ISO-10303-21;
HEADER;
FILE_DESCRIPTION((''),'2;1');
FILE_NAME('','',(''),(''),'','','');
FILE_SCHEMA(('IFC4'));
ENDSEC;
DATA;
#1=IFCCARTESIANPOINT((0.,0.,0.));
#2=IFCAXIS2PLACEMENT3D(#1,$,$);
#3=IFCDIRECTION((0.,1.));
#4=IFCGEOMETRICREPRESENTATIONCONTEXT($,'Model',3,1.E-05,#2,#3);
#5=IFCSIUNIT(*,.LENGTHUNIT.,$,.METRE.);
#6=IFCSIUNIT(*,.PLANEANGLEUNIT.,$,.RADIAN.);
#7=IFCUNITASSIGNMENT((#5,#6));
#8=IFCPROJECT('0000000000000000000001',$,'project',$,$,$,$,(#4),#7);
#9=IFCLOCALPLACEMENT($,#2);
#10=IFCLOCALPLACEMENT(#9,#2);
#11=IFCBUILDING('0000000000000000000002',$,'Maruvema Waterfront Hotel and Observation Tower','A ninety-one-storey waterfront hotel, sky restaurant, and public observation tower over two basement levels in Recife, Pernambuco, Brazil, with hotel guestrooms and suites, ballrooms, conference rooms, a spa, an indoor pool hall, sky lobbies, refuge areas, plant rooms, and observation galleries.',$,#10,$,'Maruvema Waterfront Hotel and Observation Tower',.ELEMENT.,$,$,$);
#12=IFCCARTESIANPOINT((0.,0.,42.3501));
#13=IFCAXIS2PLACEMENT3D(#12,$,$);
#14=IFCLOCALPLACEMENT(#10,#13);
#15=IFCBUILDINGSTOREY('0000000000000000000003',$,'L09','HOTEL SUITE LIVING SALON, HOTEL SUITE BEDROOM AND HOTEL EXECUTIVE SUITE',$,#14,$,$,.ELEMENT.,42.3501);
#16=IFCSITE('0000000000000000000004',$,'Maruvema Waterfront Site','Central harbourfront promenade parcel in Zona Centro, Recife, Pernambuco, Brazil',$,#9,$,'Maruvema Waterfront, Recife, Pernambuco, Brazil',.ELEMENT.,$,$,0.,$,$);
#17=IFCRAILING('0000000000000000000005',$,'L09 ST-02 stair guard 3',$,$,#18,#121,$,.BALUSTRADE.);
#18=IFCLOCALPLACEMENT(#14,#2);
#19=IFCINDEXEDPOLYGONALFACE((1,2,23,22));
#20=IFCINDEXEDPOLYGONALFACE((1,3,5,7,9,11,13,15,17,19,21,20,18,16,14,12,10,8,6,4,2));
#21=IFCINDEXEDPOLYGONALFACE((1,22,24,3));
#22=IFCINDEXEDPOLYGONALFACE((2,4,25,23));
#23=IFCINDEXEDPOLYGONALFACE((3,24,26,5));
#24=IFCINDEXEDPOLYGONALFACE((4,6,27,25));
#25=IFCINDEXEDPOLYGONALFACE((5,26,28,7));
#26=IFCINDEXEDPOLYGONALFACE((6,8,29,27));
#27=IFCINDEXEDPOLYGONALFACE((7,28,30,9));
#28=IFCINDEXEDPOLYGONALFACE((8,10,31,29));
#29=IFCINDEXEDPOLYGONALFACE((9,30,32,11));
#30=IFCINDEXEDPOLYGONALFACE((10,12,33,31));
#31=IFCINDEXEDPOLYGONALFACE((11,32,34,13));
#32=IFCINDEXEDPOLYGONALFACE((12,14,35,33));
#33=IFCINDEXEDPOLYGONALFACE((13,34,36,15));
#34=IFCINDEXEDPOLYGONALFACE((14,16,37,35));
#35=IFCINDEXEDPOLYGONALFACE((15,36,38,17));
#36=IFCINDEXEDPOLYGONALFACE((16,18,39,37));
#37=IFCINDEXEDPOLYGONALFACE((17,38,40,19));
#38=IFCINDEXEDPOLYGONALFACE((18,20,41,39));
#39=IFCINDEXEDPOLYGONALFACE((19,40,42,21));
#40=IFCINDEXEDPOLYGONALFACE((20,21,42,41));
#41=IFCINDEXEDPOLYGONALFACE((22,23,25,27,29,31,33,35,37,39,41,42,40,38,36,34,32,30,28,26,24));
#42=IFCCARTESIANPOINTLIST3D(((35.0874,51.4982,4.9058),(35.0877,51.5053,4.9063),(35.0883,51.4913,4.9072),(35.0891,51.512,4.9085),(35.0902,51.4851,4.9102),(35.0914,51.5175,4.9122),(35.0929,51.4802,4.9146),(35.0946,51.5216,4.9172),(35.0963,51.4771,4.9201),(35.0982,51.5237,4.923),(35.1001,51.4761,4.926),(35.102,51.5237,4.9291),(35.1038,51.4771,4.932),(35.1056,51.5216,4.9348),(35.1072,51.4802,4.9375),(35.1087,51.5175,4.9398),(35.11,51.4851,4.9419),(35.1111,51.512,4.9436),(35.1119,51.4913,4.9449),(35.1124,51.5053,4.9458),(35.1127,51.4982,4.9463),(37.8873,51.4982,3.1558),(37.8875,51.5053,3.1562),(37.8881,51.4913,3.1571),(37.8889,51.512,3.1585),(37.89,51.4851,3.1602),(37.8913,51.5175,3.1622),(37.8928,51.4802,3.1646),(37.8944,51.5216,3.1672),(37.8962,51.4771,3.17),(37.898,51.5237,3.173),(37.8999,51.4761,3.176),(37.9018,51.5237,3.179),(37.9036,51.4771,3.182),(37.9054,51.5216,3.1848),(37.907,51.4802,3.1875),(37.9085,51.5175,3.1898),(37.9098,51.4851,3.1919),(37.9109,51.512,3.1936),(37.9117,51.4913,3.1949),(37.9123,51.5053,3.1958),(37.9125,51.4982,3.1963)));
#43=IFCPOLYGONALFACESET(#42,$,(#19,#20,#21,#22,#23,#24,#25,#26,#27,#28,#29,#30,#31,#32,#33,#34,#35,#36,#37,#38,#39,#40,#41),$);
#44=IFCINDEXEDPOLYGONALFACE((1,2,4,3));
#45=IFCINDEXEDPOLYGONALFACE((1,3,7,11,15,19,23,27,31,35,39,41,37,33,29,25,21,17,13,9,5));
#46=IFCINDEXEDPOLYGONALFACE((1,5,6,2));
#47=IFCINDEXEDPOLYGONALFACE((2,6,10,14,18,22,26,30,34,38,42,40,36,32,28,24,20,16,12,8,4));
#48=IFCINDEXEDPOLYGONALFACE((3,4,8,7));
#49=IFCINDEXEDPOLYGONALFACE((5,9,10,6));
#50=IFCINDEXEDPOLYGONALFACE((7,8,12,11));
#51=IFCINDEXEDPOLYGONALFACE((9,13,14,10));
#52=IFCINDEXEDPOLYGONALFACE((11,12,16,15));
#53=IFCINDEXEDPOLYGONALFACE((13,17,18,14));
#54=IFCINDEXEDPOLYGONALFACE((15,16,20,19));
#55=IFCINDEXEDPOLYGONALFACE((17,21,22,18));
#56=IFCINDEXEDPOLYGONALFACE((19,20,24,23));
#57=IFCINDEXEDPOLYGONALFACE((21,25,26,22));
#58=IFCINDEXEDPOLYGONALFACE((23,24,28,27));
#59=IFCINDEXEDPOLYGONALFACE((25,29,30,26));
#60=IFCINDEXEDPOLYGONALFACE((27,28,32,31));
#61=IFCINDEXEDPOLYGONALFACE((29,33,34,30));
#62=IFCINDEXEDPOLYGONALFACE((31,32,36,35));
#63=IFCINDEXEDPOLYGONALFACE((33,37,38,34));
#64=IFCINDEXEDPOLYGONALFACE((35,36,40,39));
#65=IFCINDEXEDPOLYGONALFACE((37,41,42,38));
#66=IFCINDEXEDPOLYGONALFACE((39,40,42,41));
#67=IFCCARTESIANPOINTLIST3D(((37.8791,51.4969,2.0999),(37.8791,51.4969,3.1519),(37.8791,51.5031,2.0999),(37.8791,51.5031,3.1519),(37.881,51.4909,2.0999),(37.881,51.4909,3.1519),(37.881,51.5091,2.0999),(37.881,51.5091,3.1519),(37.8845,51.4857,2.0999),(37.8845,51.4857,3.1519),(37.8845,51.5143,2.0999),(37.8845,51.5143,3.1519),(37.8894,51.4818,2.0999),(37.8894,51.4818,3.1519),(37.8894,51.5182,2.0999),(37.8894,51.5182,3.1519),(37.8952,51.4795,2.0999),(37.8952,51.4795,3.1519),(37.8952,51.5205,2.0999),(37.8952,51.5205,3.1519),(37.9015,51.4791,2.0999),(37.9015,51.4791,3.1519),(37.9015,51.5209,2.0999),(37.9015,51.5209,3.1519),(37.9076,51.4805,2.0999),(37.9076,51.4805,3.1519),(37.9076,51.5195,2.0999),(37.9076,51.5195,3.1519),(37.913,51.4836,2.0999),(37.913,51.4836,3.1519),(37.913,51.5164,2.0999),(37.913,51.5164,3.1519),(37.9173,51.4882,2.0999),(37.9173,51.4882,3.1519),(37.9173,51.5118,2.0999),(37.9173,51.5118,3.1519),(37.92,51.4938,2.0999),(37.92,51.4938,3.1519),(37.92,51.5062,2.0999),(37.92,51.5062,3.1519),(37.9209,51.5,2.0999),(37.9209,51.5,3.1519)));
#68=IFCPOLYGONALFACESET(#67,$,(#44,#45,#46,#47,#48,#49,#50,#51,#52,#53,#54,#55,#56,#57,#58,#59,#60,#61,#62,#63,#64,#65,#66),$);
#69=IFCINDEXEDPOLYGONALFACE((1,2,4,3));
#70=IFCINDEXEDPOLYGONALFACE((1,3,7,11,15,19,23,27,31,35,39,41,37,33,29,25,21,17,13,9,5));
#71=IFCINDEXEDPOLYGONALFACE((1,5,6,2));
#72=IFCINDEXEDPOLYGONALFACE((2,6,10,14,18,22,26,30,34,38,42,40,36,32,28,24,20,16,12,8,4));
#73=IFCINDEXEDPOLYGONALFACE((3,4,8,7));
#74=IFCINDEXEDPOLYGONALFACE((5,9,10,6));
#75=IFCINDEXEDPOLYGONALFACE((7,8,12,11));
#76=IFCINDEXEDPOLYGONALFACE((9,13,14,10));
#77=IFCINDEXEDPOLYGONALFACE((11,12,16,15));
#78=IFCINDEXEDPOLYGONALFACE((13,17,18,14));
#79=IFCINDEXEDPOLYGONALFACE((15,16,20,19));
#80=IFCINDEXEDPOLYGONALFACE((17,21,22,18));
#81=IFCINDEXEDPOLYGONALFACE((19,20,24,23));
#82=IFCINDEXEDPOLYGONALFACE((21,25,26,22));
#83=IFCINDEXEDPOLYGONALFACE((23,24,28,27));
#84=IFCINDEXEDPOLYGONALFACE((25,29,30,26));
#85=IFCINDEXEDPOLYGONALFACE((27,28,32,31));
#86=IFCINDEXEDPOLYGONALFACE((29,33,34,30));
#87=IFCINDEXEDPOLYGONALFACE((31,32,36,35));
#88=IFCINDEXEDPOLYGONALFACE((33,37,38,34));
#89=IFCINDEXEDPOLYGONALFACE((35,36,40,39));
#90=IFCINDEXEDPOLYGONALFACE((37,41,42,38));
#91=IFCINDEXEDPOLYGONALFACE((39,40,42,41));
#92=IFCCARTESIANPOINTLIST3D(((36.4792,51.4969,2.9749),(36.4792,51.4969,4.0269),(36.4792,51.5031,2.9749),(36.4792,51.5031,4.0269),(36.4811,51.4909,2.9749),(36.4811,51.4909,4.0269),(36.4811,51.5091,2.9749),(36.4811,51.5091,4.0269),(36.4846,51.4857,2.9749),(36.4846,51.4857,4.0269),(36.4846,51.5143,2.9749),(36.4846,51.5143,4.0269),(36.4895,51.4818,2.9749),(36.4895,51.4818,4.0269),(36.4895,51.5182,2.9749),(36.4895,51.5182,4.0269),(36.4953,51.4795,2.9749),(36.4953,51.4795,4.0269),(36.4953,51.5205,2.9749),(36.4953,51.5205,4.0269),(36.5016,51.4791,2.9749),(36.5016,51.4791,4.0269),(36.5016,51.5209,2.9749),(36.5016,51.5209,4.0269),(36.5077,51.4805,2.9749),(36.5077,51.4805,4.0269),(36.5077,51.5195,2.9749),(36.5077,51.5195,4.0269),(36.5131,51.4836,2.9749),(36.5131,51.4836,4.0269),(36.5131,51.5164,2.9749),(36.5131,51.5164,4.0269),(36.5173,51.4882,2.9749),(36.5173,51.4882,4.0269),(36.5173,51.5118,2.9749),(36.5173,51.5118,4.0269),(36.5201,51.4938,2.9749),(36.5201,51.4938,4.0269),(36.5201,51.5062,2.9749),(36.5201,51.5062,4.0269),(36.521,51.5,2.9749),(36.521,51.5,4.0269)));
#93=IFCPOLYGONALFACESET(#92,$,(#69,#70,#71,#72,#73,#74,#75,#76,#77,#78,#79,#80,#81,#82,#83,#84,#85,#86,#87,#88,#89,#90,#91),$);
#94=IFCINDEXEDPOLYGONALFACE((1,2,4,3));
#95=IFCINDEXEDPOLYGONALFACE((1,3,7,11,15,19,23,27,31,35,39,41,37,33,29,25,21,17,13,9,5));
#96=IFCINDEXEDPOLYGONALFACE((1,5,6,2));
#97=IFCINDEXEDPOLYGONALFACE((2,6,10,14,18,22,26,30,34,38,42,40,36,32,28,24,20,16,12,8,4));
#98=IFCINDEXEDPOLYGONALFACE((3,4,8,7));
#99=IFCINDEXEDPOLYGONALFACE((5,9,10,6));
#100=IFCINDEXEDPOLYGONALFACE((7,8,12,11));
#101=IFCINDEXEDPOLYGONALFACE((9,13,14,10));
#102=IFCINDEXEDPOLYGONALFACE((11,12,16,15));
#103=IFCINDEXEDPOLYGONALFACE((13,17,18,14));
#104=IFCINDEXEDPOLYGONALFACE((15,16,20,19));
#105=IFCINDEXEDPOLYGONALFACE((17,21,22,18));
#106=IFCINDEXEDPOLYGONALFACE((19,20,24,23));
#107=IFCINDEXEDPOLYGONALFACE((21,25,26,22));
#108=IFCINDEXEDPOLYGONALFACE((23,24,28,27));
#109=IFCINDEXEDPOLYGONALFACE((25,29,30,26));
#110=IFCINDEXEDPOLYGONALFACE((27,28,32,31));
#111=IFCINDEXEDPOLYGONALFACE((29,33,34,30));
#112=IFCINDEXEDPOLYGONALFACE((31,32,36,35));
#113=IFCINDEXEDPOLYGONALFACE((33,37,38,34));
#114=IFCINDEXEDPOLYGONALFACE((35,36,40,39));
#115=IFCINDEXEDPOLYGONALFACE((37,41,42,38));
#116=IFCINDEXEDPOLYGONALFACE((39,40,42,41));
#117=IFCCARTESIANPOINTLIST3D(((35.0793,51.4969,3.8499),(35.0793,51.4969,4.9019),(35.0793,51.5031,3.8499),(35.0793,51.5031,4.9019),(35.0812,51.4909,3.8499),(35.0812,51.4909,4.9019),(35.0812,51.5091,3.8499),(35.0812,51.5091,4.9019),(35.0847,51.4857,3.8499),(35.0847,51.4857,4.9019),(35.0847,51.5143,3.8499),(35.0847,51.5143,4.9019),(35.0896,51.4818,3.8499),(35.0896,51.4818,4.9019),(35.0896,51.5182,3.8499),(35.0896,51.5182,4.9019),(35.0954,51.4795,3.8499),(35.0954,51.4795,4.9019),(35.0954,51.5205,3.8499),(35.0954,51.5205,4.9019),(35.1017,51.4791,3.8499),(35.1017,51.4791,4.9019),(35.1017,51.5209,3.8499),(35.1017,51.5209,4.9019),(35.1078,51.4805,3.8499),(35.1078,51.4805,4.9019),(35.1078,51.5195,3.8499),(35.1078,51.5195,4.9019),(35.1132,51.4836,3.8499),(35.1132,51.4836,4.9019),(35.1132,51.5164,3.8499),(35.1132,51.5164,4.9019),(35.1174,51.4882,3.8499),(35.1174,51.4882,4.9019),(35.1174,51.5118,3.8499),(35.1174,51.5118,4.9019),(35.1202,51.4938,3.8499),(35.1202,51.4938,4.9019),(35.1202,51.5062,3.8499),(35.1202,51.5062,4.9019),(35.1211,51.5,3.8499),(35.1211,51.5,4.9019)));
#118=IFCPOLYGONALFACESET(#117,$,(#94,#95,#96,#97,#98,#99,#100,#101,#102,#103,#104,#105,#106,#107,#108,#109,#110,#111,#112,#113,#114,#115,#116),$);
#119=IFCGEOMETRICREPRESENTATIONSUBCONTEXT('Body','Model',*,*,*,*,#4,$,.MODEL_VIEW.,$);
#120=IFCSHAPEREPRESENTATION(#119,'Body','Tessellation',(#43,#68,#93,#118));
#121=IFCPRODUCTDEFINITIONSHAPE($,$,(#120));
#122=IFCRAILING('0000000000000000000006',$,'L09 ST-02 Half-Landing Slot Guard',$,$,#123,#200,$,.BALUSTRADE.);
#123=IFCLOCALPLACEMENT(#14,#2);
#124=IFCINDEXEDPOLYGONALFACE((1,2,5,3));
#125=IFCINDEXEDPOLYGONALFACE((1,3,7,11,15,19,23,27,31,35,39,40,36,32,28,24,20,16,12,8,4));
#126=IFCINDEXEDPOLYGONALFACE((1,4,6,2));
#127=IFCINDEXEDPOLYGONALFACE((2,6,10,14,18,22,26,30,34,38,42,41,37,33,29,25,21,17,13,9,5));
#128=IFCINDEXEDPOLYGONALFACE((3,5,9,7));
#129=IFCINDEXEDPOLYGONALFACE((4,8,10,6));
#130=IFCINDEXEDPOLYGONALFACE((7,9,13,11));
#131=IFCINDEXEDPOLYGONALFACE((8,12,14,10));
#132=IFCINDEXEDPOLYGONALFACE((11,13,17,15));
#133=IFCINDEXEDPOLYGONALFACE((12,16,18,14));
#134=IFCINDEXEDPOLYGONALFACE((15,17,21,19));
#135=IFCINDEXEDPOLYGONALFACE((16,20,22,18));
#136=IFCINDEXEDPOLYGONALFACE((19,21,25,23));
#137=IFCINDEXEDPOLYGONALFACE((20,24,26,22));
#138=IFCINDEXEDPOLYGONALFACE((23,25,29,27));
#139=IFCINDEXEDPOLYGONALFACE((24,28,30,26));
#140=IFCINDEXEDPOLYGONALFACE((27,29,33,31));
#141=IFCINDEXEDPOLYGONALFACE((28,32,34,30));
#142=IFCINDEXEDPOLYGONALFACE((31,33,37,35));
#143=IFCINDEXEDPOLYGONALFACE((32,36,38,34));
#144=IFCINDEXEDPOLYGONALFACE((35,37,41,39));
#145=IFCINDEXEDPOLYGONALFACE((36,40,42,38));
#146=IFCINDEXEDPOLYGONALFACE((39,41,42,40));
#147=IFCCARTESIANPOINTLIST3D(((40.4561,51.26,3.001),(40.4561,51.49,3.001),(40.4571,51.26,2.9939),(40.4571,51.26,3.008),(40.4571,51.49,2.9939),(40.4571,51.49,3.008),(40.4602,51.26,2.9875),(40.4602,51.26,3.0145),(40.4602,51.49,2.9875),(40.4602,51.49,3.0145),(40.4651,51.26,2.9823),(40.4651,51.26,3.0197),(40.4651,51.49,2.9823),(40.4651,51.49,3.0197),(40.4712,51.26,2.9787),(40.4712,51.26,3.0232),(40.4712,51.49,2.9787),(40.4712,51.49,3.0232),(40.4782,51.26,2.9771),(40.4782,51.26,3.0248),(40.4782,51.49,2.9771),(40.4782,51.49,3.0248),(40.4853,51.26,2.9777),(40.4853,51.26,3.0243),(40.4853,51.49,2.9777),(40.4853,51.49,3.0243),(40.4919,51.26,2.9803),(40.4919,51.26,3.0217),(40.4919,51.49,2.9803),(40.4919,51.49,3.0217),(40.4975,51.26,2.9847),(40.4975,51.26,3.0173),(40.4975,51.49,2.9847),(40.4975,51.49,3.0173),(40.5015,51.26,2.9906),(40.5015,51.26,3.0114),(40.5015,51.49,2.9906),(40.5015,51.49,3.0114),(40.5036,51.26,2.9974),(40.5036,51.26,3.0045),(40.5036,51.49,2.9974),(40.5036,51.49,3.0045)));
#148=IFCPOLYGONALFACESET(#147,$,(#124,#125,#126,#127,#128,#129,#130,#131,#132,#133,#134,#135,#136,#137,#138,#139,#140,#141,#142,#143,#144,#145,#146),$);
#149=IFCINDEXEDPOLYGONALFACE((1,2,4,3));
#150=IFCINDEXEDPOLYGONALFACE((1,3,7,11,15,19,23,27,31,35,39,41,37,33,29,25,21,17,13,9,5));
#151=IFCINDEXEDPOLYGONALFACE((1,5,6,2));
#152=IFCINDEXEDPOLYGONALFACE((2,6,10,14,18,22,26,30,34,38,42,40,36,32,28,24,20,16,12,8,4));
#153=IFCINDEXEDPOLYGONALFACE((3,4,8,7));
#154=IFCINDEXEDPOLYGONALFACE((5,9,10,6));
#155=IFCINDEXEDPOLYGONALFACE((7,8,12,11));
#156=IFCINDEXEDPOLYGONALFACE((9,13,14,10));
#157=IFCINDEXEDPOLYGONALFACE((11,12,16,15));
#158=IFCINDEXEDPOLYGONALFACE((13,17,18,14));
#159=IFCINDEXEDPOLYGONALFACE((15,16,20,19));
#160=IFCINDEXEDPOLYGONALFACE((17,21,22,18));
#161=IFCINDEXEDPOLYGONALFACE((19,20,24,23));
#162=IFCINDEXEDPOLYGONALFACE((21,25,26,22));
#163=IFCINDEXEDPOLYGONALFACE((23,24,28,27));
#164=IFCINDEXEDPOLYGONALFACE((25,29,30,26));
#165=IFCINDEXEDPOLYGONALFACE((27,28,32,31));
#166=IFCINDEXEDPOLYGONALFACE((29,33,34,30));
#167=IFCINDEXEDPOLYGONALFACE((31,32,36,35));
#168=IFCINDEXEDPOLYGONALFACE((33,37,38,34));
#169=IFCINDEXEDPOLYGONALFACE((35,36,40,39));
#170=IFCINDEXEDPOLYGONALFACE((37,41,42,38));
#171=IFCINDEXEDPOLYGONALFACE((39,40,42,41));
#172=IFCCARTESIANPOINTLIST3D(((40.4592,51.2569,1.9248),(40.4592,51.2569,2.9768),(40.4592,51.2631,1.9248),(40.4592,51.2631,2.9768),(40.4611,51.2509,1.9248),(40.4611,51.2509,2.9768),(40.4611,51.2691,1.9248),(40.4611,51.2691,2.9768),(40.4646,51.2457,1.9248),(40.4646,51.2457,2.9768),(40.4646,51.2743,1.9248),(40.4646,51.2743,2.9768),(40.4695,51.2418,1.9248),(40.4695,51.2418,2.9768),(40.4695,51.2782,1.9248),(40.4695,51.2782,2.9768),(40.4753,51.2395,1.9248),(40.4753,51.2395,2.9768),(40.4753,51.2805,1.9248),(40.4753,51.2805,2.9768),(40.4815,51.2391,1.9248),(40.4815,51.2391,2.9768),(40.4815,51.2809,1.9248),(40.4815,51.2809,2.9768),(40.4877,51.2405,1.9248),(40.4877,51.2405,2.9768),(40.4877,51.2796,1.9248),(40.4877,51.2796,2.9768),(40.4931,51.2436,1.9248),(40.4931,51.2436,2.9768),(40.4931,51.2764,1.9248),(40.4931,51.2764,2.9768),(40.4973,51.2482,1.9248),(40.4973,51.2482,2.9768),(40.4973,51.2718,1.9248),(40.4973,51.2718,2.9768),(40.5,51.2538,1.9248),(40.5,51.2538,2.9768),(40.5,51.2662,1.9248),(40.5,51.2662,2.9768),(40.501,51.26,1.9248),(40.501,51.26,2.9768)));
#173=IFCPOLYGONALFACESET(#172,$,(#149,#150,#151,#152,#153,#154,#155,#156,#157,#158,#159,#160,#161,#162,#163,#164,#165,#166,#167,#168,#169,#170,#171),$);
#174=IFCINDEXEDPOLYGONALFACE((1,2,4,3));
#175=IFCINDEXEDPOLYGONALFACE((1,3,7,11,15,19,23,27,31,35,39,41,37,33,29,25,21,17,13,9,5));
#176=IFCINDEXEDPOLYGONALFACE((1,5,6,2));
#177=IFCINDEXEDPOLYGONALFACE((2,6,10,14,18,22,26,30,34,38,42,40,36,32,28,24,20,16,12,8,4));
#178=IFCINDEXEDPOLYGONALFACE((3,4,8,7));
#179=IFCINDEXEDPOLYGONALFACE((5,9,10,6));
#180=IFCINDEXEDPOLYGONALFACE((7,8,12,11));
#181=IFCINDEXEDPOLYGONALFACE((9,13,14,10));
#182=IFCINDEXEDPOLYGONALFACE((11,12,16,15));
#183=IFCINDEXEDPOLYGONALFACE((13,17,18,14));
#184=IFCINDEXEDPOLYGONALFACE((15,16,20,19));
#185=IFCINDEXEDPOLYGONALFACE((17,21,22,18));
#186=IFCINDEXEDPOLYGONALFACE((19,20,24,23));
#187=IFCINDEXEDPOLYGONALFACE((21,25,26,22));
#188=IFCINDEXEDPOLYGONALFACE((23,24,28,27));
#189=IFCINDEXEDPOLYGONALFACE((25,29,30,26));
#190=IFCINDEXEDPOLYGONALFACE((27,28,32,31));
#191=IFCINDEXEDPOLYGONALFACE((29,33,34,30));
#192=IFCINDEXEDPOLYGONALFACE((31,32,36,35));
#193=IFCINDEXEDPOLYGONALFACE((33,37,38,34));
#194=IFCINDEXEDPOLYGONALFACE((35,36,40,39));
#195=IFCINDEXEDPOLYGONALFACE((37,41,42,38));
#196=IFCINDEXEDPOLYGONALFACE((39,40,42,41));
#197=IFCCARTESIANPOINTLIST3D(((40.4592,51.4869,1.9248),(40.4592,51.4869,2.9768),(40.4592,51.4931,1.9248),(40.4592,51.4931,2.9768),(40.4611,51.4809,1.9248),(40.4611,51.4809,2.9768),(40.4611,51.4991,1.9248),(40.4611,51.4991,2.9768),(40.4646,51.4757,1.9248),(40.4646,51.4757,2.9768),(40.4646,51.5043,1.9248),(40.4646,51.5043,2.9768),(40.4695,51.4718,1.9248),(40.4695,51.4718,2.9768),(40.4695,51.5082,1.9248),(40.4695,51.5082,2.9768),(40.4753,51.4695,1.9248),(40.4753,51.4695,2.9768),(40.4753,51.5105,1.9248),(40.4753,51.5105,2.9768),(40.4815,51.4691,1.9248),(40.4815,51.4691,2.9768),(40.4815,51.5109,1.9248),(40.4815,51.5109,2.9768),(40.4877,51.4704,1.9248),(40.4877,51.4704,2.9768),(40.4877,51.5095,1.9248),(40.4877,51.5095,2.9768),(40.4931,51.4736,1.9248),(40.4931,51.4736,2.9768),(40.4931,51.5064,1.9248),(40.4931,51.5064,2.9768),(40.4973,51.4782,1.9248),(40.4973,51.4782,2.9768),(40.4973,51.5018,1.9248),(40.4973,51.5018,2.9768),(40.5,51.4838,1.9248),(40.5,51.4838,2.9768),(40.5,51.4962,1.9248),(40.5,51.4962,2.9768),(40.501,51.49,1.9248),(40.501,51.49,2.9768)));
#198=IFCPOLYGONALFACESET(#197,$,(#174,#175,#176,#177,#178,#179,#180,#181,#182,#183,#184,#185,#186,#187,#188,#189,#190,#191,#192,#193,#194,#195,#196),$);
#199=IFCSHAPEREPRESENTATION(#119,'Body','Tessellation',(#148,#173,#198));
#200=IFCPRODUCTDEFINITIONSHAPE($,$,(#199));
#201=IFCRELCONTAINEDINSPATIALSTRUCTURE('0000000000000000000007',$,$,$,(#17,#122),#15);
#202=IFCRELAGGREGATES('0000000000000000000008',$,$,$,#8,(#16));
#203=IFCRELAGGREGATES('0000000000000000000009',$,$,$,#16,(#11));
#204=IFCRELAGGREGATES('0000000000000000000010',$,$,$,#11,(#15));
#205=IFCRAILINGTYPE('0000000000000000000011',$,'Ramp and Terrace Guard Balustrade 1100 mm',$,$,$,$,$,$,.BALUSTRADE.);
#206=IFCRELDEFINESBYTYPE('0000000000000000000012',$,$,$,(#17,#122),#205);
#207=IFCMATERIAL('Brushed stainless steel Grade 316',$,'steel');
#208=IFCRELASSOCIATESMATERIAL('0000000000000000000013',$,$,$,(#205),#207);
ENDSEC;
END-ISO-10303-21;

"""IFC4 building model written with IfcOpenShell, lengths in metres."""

from ifc_helpers import new_model, si_unit, direction, frame, origin, origin_2d, place, context, subcontext, project, spatial, circle, extrude, material, type_object, element, save


model = new_model("IFC4")

# Units and contexts
model_context = context("Model", 3, precision=1e-05, world=origin(), true_north=direction((0.0, 1.0)))
body_context = subcontext(model_context, "Body", "Model", "MODEL_VIEW")
ifc_project = project(units=[si_unit("LENGTHUNIT", "METRE"), si_unit("PLANEANGLEUNIT", "RADIAN")], contexts=[model_context])

# Site, building, storey
site_placement = place(None, origin())
site = spatial("IfcSite", under=ifc_project, at=site_placement, Name="Maruvema Waterfront Site", Description="Central harbourfront promenade parcel in Zona Centro, Recife, Pernambuco, Brazil", LongName="Maruvema Waterfront, Recife, Pernambuco, Brazil", CompositionType="ELEMENT", RefElevation=0.0)
building_placement = place(site_placement, origin())
building = spatial("IfcBuilding", under=site, at=building_placement, Name="Maruvema Waterfront Hotel and Observation Tower", Description="A ninety-one-storey waterfront hotel, sky restaurant, and public observation tower over two basement levels in Recife, Pernambuco, Brazil, with hotel guestrooms and suites, ballrooms, conference rooms, a spa, an indoor pool hall, sky lobbies, refuge areas, plant rooms, and observation galleries.", LongName="Maruvema Waterfront Hotel and Observation Tower", CompositionType="ELEMENT")
storey_placement = place(building_placement, frame((0.0, 0.0, 42.3501)))
storey = spatial("IfcBuildingStorey", under=building, at=storey_placement, Name="L09", Description="HOTEL SUITE LIVING SALON, HOTEL SUITE BEDROOM AND HOTEL EXECUTIVE SUITE", CompositionType="ELEMENT", Elevation=42.3501)

# Railings
ifc_material_1 = material(Name="Brushed stainless steel Grade 316", Category="steel")
railing_type_1 = type_object("IfcRailingType", Name="Ramp and Terrace Guard Balustrade 1100 mm", PredefinedType="BALUSTRADE", material=ifc_material_1)
railing_1_placement = place(storey_placement, frame((37.8999, 51.5, 2.0999)))
element("IfcRailing", 1, at=railing_1_placement, inside=storey, type_object=railing_type_1, Name="L09 ST-02 stair guard 3", PredefinedType="BALUSTRADE", context=body_context, shape_type="SweptSolid", body=[
    extrude(circle(Radius=0.0239, at=origin_2d()), frame((0.0, 0.0, 1.0762), z_axis=(-0.847982, 0.0, 0.530026), x_axis=(0.0, -1.0, 0.0)), (0.0, 0.0, 1.0), 3.3018),
    extrude(circle(Radius=0.021, at=origin_2d()), origin(), (0.0, 0.0, 1.0), 1.052),
    extrude(circle(Radius=0.021, at=origin_2d()), frame((-1.3999, 0.0, 0.875)), (0.0, 0.0, 1.0), 1.052),
    extrude(circle(Radius=0.021, at=origin_2d()), frame((-2.7998, 0.0, 1.75)), (0.0, 0.0, 1.0), 1.052),
])
railing_2_placement = place(storey_placement, frame((40.48, 51.26, 1.9248)))
element("IfcRailing", 2, at=railing_2_placement, inside=storey, type_object=railing_type_1, Name="L09 ST-02 Half-Landing Slot Guard", PredefinedType="BALUSTRADE", context=body_context, shape_type="SweptSolid", body=[
    extrude(circle(Radius=0.0239, at=origin_2d()), frame((0.0, 0.0, 1.0762), z_axis=(0.0, 1.0, 0.0), x_axis=(-1.0, 0.0, 0.0)), (0.0, 0.0, 1.0), 0.23),
    extrude(circle(Radius=0.021, at=origin_2d()), origin(), (0.0, 0.0, 1.0), 1.052),
    extrude(circle(Radius=0.021, at=origin_2d()), frame((0.0, 0.23, 0.0)), (0.0, 0.0, 1.0), 1.052),
])

save(model, "model.ifc")
